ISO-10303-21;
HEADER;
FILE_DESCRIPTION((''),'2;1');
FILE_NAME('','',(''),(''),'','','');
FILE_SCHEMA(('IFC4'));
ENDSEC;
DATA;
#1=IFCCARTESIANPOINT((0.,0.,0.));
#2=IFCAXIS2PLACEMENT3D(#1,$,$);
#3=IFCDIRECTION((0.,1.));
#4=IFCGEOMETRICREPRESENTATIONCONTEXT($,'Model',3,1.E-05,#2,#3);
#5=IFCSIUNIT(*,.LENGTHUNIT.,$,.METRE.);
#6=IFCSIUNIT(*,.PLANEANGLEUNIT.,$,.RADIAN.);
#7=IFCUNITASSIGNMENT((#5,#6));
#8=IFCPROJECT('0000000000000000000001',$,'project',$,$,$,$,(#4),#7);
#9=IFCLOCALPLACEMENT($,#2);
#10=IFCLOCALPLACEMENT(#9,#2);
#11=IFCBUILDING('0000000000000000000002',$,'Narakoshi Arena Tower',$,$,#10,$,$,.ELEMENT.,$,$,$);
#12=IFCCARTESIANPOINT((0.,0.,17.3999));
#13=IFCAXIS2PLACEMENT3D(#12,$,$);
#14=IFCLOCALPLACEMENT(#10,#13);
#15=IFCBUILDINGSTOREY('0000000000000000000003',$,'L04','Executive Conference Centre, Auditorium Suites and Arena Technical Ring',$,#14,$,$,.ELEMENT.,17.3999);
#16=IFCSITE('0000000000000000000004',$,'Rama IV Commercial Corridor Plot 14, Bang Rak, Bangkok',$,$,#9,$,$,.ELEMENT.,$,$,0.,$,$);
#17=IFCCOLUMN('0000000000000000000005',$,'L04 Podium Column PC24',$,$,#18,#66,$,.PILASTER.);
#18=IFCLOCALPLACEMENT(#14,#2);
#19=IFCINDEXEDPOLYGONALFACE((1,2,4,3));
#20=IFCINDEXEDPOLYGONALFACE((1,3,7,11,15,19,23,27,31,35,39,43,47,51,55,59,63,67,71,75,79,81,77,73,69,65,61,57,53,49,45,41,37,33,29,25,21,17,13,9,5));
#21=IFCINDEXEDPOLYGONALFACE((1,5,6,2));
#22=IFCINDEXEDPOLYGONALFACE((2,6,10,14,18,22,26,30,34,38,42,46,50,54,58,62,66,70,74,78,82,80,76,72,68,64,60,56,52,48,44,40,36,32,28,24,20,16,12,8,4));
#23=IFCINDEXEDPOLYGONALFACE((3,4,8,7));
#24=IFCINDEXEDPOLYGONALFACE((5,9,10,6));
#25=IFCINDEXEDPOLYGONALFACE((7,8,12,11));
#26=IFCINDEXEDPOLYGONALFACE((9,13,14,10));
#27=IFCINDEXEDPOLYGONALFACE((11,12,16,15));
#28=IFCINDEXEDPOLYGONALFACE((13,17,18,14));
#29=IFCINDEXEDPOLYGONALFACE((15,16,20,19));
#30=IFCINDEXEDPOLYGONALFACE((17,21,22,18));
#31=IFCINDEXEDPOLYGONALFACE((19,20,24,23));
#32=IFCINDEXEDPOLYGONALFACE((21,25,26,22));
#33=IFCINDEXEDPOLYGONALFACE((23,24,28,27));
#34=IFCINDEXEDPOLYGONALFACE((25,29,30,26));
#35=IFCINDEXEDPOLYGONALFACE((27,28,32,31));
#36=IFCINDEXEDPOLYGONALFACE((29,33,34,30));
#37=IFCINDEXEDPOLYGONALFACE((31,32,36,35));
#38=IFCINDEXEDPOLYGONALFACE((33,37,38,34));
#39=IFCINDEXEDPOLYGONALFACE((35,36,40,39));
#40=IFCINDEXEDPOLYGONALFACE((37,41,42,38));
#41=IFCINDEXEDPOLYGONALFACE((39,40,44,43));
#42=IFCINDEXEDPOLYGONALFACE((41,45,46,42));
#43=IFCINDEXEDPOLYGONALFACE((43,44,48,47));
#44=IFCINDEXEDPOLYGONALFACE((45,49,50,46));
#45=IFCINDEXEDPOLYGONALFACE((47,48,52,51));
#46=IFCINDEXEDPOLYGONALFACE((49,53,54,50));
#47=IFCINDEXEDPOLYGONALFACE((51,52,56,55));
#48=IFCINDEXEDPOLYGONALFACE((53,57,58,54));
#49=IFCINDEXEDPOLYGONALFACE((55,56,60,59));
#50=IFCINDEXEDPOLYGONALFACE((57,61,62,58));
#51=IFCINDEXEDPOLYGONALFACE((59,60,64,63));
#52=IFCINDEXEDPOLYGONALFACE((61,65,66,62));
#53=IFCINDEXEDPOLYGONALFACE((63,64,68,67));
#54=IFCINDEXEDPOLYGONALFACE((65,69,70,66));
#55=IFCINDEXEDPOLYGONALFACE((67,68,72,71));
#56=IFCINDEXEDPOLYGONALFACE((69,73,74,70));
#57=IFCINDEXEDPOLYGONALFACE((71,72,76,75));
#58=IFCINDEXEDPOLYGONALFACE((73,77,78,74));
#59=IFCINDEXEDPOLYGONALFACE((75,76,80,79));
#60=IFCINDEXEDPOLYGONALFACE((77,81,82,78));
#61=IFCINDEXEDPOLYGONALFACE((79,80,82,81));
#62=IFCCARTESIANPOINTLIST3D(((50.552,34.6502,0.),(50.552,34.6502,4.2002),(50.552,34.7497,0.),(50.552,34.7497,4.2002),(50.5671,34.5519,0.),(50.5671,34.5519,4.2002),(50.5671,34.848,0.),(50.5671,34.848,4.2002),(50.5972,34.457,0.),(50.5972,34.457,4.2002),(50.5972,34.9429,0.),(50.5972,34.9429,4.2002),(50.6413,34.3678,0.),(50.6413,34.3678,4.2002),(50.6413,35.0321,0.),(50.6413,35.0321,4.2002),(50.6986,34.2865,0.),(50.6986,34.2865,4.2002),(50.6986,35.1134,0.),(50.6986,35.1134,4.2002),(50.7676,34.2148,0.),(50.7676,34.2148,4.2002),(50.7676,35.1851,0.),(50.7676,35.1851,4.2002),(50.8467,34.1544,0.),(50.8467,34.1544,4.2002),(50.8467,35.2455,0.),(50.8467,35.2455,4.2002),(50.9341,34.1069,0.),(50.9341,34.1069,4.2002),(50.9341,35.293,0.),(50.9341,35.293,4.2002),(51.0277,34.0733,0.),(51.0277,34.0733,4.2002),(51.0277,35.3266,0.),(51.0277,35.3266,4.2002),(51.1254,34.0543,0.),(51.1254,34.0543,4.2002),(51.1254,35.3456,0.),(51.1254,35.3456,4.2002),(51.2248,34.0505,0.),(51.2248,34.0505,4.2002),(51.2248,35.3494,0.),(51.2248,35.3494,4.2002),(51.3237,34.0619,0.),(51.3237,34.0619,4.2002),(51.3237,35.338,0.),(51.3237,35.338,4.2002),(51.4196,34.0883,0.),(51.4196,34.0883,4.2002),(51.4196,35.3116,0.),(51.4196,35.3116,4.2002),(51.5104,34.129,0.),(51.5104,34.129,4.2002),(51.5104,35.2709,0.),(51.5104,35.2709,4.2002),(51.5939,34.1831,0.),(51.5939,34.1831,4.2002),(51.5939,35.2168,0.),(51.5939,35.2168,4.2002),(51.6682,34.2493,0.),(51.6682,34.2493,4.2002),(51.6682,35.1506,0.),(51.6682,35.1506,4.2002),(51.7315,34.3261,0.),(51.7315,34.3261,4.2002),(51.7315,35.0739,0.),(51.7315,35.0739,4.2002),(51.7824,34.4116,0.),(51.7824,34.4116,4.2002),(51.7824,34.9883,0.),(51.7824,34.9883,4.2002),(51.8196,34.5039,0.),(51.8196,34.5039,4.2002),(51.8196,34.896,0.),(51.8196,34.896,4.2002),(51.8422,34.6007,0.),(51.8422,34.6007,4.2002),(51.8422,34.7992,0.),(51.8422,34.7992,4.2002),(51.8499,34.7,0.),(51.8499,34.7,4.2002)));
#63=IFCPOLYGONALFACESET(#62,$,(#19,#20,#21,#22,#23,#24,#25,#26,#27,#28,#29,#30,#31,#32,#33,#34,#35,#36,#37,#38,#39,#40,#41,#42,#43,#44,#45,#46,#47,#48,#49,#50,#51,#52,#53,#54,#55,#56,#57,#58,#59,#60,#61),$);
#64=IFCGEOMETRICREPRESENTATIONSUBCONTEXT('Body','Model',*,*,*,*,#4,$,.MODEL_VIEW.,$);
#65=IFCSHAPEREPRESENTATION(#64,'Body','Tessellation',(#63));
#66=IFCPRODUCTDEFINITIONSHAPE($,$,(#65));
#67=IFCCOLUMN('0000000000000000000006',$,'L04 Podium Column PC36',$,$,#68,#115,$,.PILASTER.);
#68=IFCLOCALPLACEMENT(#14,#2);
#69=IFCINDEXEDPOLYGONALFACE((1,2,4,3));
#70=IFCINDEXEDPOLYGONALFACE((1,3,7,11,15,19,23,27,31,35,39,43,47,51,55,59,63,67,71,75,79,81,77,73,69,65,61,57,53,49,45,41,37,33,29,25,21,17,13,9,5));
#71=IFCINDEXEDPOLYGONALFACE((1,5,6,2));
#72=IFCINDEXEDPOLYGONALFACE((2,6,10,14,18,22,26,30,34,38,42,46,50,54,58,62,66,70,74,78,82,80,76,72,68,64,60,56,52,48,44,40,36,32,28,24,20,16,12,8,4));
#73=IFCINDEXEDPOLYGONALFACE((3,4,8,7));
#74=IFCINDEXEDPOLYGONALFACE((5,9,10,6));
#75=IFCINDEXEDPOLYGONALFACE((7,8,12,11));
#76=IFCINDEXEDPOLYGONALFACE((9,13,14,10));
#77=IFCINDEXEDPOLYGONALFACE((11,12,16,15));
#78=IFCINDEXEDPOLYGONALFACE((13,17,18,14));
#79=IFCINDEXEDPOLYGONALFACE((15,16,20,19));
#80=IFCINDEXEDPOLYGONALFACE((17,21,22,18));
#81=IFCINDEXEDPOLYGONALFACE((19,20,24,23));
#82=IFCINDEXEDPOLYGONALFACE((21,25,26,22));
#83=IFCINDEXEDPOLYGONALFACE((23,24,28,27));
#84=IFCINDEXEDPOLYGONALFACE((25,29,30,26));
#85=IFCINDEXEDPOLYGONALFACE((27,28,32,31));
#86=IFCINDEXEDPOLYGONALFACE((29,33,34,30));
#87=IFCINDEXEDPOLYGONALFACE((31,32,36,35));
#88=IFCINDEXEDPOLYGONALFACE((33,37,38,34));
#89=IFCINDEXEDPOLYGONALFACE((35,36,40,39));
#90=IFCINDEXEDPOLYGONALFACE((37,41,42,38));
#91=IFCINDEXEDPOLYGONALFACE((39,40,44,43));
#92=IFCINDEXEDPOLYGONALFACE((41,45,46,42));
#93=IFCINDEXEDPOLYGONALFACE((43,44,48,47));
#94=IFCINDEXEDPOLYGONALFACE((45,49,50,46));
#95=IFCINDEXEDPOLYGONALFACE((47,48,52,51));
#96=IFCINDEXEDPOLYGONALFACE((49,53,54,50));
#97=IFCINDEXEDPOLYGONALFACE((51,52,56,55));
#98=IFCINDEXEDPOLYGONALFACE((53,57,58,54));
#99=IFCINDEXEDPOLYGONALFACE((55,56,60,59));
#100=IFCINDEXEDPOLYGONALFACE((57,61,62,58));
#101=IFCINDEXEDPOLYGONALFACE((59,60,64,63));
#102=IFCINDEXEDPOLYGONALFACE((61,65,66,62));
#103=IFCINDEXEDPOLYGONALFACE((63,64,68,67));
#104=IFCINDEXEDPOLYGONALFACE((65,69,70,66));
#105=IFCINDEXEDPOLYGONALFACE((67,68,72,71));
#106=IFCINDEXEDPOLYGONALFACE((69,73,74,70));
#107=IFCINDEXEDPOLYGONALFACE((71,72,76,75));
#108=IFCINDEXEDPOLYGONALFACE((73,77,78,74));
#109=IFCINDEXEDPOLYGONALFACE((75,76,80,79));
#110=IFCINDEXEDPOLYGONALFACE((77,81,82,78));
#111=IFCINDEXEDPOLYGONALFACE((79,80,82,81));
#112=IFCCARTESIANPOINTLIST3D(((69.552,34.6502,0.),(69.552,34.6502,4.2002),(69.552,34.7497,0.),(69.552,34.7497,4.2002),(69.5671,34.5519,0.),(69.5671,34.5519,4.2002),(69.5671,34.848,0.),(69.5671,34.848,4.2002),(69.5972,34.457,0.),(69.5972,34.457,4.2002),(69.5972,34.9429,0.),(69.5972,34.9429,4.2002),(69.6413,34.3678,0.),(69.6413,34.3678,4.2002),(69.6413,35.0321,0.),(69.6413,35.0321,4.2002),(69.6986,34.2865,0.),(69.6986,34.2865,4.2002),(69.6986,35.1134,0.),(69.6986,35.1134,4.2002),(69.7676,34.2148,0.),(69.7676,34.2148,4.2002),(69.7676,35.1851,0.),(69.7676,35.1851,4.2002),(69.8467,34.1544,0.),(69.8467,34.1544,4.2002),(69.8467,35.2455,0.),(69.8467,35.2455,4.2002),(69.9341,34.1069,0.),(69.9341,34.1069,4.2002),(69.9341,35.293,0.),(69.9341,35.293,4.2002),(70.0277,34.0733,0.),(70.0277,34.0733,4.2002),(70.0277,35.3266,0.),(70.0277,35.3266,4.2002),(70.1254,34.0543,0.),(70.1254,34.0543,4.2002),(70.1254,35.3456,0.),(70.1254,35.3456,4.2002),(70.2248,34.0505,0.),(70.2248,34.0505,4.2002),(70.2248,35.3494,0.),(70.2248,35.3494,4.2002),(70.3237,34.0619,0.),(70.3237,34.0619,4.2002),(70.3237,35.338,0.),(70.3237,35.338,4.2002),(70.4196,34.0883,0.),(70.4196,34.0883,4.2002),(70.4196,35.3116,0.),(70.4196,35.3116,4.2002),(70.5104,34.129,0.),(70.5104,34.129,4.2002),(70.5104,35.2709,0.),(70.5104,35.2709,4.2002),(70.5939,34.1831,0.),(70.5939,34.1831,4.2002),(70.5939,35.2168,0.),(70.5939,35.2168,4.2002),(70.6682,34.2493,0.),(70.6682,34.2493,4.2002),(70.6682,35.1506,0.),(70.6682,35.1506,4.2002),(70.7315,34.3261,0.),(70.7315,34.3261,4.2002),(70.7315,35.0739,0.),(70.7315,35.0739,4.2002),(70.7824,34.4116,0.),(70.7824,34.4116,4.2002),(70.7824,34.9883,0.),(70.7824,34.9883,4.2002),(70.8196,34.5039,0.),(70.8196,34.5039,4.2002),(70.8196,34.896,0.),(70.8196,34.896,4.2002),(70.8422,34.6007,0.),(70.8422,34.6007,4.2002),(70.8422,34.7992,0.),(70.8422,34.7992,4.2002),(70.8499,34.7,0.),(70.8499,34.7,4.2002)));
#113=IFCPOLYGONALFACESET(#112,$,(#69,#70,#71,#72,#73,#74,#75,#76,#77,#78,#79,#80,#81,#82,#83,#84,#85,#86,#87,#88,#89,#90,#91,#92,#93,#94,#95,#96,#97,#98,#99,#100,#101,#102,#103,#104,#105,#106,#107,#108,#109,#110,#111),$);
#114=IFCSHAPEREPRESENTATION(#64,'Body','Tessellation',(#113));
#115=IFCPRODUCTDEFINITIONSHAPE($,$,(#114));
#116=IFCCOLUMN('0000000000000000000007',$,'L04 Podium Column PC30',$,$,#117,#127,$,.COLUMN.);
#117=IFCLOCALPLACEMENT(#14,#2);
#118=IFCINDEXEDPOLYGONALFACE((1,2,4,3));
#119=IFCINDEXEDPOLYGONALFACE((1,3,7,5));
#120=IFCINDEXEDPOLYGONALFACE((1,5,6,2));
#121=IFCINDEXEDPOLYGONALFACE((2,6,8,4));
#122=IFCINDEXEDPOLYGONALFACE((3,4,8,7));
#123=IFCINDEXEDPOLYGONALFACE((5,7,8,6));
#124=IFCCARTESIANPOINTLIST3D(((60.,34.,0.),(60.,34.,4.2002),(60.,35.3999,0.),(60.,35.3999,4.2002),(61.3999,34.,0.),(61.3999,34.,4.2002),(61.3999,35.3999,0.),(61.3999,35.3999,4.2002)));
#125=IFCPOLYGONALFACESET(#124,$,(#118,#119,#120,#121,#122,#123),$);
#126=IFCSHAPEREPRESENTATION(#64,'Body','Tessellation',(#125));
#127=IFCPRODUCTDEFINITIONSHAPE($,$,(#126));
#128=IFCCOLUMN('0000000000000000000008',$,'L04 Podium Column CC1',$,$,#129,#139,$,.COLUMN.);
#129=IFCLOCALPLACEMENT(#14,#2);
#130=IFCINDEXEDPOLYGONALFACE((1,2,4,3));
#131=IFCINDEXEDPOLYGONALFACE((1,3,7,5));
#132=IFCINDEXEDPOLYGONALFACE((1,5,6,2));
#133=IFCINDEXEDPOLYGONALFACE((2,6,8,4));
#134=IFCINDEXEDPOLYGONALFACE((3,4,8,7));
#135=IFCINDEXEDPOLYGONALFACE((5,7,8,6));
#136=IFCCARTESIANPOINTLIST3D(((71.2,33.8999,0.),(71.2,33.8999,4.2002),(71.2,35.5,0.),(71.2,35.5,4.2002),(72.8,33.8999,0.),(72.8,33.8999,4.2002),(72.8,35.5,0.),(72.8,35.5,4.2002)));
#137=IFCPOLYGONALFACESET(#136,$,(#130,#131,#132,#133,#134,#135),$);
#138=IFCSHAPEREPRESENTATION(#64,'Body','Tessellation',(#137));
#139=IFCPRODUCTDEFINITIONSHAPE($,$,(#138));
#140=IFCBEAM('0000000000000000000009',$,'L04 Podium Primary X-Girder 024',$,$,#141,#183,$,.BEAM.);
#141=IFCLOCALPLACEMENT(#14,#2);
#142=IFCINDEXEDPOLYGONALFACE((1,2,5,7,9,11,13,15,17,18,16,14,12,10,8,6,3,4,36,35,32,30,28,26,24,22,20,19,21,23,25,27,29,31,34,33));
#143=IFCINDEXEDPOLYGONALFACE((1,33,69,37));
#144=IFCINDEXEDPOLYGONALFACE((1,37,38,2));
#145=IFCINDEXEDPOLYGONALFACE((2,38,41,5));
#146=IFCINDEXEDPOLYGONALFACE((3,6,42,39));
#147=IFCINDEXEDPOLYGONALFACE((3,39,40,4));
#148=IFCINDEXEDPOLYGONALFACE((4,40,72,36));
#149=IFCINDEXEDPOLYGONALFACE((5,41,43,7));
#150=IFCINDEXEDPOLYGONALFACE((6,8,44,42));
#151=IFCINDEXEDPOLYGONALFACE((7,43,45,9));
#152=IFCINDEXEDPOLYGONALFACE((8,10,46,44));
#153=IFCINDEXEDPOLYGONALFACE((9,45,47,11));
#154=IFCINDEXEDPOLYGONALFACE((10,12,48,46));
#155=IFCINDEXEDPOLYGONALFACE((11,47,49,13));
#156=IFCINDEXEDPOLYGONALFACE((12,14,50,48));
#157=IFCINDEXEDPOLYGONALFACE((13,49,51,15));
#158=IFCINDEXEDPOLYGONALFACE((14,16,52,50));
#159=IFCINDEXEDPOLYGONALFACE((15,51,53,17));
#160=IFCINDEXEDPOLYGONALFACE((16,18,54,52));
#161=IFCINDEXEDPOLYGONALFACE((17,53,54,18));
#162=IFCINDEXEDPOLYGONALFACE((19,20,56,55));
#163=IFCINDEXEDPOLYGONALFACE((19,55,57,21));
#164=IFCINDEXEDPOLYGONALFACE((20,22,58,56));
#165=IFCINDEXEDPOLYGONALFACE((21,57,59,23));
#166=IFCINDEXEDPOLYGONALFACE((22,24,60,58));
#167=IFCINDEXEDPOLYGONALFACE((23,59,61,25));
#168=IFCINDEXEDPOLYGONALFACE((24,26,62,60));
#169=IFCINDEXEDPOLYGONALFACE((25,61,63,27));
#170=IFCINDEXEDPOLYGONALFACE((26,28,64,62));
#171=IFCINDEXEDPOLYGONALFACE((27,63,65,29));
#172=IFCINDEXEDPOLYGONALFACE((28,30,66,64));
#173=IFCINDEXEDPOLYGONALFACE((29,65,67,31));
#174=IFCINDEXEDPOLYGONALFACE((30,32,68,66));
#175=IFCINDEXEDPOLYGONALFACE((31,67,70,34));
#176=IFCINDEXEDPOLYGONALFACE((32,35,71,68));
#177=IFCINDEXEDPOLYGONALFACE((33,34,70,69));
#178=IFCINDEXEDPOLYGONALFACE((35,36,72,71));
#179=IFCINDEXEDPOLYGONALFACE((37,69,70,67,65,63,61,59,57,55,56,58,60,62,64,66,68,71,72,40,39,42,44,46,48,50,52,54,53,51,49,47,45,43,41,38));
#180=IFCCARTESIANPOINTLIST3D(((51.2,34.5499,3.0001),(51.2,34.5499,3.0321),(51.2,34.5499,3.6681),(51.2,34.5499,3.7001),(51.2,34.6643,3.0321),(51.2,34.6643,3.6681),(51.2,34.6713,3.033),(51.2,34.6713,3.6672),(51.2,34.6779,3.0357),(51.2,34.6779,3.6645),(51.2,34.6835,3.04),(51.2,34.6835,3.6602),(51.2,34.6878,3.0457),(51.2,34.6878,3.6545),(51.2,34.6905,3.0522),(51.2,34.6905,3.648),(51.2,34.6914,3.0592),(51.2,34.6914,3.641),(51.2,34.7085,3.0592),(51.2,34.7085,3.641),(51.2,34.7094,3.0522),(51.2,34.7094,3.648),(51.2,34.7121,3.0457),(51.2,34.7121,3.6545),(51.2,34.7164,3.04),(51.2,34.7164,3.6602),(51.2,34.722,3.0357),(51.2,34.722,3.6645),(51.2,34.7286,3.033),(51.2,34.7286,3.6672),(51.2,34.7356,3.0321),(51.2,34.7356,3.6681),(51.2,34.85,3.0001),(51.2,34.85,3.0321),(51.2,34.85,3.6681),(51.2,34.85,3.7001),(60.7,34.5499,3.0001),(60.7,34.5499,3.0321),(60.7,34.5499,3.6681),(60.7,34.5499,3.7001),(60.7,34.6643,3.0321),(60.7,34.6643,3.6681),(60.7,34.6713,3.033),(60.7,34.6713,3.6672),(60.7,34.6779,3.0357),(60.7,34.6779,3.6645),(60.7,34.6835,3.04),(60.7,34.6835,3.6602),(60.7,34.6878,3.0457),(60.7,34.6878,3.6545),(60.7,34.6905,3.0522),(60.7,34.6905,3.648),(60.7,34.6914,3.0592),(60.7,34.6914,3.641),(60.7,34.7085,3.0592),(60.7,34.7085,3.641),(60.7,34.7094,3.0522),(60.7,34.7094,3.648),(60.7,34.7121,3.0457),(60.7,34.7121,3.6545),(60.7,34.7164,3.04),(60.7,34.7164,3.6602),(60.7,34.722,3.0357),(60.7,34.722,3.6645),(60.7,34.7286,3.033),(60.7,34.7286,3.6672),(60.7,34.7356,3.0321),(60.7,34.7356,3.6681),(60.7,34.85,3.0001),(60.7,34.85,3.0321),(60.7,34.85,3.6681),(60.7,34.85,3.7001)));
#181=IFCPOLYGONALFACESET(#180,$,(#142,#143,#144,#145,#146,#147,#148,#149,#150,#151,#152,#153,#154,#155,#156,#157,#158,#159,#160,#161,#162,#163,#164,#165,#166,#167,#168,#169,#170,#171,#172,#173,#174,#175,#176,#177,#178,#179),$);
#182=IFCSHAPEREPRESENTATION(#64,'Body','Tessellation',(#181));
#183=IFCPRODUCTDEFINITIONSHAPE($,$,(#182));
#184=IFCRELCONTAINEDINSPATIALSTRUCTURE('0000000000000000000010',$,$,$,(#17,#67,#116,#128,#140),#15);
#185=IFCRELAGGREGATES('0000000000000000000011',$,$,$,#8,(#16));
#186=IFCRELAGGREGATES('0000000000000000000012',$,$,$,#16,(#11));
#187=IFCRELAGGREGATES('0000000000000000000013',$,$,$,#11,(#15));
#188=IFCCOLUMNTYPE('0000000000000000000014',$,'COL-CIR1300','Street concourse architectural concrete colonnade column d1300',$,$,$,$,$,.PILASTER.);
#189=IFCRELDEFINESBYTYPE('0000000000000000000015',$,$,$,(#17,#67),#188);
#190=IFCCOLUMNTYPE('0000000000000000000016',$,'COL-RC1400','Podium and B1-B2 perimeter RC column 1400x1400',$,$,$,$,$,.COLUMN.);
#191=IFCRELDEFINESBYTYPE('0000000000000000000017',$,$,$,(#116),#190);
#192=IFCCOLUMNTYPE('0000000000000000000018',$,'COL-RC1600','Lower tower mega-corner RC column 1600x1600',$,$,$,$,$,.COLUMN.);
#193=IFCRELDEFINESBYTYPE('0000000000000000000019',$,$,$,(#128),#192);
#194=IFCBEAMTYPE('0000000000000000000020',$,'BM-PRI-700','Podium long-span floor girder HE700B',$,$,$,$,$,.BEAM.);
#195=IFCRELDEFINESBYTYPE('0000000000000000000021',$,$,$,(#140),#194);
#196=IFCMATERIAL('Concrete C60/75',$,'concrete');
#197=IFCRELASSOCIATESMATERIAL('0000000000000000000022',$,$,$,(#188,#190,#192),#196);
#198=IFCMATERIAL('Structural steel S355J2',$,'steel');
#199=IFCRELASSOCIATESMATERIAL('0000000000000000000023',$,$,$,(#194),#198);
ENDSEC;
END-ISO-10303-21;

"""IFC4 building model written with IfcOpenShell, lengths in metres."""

from ifc_helpers import new_model, si_unit, direction, frame, origin, origin_2d, place, context, subcontext, project, spatial, rectangle, circle, i_section, extrude, material, material_profile, profile_set, type_object, element, save


model = new_model("IFC4")

# Units and contexts
model_context = context("Model", 3, precision=1e-05, world=origin(), true_north=direction((0.0, 1.0)))
body_context = subcontext(model_context, "Body", "Model", "MODEL_VIEW")
ifc_project = project(units=[si_unit("LENGTHUNIT", "METRE"), si_unit("PLANEANGLEUNIT", "RADIAN")], contexts=[model_context])

# Site, building, storey
site_placement = place(None, origin())
site = spatial("IfcSite", under=ifc_project, at=site_placement, Name="Rama IV Commercial Corridor Plot 14, Bang Rak, Bangkok", CompositionType="ELEMENT", RefElevation=0.0)
building_placement = place(site_placement, origin())
building = spatial("IfcBuilding", under=site, at=building_placement, Name="Narakoshi Arena Tower", CompositionType="ELEMENT")
storey_placement = place(building_placement, frame((0.0, 0.0, 17.3999)))
storey = spatial("IfcBuildingStorey", under=building, at=storey_placement, Name="L04", Description="Executive Conference Centre, Auditorium Suites and Arena Technical Ring", CompositionType="ELEMENT", Elevation=17.3999)

# Columns
ifc_material_1 = material(Name="Concrete C60/75", Category="concrete")
ifc_material_profile_1 = material_profile(ifc_material_1, circle(Radius=0.6499, at=origin_2d()), Name="RCC1300")
ifc_profile_set_1 = profile_set([ifc_material_profile_1], Name="Concrete C60/75")
column_type_1 = type_object("IfcColumnType", Name="COL-CIR1300", Description="Street concourse architectural concrete colonnade column d1300", PredefinedType="PILASTER", material=ifc_profile_set_1)
for number, where, z_axis, x_axis, name in (
    (1, (51.2, 34.7, 0.0), (0.0, 0.0, 1.0), (1.0, 0.0, 0.0), "L04 Podium Column PC24"),
    (2, (70.2, 34.7, 0.0), (0.0, 0.0, 1.0), (1.0, 0.0, 0.0), "L04 Podium Column PC36"),
):
    element("IfcColumn", number, at=place(storey_placement, frame(where, z_axis=z_axis, x_axis=x_axis)), inside=storey, type_object=column_type_1, Name=name, PredefinedType="PILASTER", context=body_context, shape_type="SweptSolid", body=[
        extrude(circle(Radius=0.6499, at=origin_2d()), origin(), (0.0, 0.0, 1.0), 4.2002),
    ])
ifc_material_profile_2 = material_profile(ifc_material_1, rectangle(XDim=1.3999, YDim=1.3999, at=origin_2d()), Name="RC1400x1400")
ifc_profile_set_2 = profile_set([ifc_material_profile_2], Name="Concrete C60/75")
column_type_2 = type_object("IfcColumnType", Name="COL-RC1400", Description="Podium and B1-B2 perimeter RC column 1400x1400", PredefinedType="COLUMN", material=ifc_profile_set_2)
column_1_placement = place(storey_placement, frame((60.7, 34.7, 0.0), z_axis=(0.0, 0.0, 1.0), x_axis=(1.0, 0.0, 0.0)))
element("IfcColumn", 3, at=column_1_placement, inside=storey, type_object=column_type_2, Name="L04 Podium Column PC30", PredefinedType="COLUMN", context=body_context, shape_type="SweptSolid", body=[
    extrude(rectangle(XDim=1.3999, YDim=1.3999, at=origin_2d()), origin(), (0.0, 0.0, 1.0), 4.2002),
])
ifc_material_profile_3 = material_profile(ifc_material_1, rectangle(XDim=1.6001, YDim=1.6001, at=origin_2d()), Name="RC1600x1600")
ifc_profile_set_3 = profile_set([ifc_material_profile_3], Name="Concrete C60/75")
column_type_3 = type_object("IfcColumnType", Name="COL-RC1600", Description="Lower tower mega-corner RC column 1600x1600", PredefinedType="COLUMN", material=ifc_profile_set_3)
column_2_placement = place(storey_placement, frame((72.0, 34.7, 0.0), z_axis=(0.0, 0.0, 1.0), x_axis=(1.0, 0.0, 0.0)))
element("IfcColumn", 4, at=column_2_placement, inside=storey, type_object=column_type_3, Name="L04 Podium Column CC1", PredefinedType="COLUMN", context=body_context, shape_type="SweptSolid", body=[
    extrude(rectangle(XDim=1.6001, YDim=1.6001, at=origin_2d()), origin(), (0.0, 0.0, 1.0), 4.2002),
])

# Beam
ifc_material_2 = material(Name="Structural steel S355J2", Category="steel")
ifc_material_profile_4 = material_profile(ifc_material_2, i_section(OverallWidth=0.3, OverallDepth=0.7, WebThickness=0.0171, FlangeThickness=0.032, FilletRadius=0.0271, at=origin_2d()), Name="HE700B")
ifc_profile_set_4 = profile_set([ifc_material_profile_4], Name="Structural steel S355J2")
beam_type_1 = type_object("IfcBeamType", Name="BM-PRI-700", Description="Podium long-span floor girder HE700B", PredefinedType="BEAM", material=ifc_profile_set_4)
for number, where, z_axis, x_axis, name in (
    (5, (51.2, 34.7, 3.3501), (1.0, 0.0, 0.0), (0.0, 1.0, 0.0), "L04 Podium Primary X-Girder 024"),
):
    element("IfcBeam", number, at=place(storey_placement, frame(where, z_axis=z_axis, x_axis=x_axis)), inside=storey, type_object=beam_type_1, Name=name, PredefinedType="BEAM", context=body_context, shape_type="SweptSolid", body=[
        extrude(i_section(OverallWidth=0.3, OverallDepth=0.7, WebThickness=0.0171, FlangeThickness=0.032, FilletRadius=0.0271, at=origin_2d()), origin(), (0.0, 0.0, 1.0), 9.5),
    ])

save(model, "model.ifc")
